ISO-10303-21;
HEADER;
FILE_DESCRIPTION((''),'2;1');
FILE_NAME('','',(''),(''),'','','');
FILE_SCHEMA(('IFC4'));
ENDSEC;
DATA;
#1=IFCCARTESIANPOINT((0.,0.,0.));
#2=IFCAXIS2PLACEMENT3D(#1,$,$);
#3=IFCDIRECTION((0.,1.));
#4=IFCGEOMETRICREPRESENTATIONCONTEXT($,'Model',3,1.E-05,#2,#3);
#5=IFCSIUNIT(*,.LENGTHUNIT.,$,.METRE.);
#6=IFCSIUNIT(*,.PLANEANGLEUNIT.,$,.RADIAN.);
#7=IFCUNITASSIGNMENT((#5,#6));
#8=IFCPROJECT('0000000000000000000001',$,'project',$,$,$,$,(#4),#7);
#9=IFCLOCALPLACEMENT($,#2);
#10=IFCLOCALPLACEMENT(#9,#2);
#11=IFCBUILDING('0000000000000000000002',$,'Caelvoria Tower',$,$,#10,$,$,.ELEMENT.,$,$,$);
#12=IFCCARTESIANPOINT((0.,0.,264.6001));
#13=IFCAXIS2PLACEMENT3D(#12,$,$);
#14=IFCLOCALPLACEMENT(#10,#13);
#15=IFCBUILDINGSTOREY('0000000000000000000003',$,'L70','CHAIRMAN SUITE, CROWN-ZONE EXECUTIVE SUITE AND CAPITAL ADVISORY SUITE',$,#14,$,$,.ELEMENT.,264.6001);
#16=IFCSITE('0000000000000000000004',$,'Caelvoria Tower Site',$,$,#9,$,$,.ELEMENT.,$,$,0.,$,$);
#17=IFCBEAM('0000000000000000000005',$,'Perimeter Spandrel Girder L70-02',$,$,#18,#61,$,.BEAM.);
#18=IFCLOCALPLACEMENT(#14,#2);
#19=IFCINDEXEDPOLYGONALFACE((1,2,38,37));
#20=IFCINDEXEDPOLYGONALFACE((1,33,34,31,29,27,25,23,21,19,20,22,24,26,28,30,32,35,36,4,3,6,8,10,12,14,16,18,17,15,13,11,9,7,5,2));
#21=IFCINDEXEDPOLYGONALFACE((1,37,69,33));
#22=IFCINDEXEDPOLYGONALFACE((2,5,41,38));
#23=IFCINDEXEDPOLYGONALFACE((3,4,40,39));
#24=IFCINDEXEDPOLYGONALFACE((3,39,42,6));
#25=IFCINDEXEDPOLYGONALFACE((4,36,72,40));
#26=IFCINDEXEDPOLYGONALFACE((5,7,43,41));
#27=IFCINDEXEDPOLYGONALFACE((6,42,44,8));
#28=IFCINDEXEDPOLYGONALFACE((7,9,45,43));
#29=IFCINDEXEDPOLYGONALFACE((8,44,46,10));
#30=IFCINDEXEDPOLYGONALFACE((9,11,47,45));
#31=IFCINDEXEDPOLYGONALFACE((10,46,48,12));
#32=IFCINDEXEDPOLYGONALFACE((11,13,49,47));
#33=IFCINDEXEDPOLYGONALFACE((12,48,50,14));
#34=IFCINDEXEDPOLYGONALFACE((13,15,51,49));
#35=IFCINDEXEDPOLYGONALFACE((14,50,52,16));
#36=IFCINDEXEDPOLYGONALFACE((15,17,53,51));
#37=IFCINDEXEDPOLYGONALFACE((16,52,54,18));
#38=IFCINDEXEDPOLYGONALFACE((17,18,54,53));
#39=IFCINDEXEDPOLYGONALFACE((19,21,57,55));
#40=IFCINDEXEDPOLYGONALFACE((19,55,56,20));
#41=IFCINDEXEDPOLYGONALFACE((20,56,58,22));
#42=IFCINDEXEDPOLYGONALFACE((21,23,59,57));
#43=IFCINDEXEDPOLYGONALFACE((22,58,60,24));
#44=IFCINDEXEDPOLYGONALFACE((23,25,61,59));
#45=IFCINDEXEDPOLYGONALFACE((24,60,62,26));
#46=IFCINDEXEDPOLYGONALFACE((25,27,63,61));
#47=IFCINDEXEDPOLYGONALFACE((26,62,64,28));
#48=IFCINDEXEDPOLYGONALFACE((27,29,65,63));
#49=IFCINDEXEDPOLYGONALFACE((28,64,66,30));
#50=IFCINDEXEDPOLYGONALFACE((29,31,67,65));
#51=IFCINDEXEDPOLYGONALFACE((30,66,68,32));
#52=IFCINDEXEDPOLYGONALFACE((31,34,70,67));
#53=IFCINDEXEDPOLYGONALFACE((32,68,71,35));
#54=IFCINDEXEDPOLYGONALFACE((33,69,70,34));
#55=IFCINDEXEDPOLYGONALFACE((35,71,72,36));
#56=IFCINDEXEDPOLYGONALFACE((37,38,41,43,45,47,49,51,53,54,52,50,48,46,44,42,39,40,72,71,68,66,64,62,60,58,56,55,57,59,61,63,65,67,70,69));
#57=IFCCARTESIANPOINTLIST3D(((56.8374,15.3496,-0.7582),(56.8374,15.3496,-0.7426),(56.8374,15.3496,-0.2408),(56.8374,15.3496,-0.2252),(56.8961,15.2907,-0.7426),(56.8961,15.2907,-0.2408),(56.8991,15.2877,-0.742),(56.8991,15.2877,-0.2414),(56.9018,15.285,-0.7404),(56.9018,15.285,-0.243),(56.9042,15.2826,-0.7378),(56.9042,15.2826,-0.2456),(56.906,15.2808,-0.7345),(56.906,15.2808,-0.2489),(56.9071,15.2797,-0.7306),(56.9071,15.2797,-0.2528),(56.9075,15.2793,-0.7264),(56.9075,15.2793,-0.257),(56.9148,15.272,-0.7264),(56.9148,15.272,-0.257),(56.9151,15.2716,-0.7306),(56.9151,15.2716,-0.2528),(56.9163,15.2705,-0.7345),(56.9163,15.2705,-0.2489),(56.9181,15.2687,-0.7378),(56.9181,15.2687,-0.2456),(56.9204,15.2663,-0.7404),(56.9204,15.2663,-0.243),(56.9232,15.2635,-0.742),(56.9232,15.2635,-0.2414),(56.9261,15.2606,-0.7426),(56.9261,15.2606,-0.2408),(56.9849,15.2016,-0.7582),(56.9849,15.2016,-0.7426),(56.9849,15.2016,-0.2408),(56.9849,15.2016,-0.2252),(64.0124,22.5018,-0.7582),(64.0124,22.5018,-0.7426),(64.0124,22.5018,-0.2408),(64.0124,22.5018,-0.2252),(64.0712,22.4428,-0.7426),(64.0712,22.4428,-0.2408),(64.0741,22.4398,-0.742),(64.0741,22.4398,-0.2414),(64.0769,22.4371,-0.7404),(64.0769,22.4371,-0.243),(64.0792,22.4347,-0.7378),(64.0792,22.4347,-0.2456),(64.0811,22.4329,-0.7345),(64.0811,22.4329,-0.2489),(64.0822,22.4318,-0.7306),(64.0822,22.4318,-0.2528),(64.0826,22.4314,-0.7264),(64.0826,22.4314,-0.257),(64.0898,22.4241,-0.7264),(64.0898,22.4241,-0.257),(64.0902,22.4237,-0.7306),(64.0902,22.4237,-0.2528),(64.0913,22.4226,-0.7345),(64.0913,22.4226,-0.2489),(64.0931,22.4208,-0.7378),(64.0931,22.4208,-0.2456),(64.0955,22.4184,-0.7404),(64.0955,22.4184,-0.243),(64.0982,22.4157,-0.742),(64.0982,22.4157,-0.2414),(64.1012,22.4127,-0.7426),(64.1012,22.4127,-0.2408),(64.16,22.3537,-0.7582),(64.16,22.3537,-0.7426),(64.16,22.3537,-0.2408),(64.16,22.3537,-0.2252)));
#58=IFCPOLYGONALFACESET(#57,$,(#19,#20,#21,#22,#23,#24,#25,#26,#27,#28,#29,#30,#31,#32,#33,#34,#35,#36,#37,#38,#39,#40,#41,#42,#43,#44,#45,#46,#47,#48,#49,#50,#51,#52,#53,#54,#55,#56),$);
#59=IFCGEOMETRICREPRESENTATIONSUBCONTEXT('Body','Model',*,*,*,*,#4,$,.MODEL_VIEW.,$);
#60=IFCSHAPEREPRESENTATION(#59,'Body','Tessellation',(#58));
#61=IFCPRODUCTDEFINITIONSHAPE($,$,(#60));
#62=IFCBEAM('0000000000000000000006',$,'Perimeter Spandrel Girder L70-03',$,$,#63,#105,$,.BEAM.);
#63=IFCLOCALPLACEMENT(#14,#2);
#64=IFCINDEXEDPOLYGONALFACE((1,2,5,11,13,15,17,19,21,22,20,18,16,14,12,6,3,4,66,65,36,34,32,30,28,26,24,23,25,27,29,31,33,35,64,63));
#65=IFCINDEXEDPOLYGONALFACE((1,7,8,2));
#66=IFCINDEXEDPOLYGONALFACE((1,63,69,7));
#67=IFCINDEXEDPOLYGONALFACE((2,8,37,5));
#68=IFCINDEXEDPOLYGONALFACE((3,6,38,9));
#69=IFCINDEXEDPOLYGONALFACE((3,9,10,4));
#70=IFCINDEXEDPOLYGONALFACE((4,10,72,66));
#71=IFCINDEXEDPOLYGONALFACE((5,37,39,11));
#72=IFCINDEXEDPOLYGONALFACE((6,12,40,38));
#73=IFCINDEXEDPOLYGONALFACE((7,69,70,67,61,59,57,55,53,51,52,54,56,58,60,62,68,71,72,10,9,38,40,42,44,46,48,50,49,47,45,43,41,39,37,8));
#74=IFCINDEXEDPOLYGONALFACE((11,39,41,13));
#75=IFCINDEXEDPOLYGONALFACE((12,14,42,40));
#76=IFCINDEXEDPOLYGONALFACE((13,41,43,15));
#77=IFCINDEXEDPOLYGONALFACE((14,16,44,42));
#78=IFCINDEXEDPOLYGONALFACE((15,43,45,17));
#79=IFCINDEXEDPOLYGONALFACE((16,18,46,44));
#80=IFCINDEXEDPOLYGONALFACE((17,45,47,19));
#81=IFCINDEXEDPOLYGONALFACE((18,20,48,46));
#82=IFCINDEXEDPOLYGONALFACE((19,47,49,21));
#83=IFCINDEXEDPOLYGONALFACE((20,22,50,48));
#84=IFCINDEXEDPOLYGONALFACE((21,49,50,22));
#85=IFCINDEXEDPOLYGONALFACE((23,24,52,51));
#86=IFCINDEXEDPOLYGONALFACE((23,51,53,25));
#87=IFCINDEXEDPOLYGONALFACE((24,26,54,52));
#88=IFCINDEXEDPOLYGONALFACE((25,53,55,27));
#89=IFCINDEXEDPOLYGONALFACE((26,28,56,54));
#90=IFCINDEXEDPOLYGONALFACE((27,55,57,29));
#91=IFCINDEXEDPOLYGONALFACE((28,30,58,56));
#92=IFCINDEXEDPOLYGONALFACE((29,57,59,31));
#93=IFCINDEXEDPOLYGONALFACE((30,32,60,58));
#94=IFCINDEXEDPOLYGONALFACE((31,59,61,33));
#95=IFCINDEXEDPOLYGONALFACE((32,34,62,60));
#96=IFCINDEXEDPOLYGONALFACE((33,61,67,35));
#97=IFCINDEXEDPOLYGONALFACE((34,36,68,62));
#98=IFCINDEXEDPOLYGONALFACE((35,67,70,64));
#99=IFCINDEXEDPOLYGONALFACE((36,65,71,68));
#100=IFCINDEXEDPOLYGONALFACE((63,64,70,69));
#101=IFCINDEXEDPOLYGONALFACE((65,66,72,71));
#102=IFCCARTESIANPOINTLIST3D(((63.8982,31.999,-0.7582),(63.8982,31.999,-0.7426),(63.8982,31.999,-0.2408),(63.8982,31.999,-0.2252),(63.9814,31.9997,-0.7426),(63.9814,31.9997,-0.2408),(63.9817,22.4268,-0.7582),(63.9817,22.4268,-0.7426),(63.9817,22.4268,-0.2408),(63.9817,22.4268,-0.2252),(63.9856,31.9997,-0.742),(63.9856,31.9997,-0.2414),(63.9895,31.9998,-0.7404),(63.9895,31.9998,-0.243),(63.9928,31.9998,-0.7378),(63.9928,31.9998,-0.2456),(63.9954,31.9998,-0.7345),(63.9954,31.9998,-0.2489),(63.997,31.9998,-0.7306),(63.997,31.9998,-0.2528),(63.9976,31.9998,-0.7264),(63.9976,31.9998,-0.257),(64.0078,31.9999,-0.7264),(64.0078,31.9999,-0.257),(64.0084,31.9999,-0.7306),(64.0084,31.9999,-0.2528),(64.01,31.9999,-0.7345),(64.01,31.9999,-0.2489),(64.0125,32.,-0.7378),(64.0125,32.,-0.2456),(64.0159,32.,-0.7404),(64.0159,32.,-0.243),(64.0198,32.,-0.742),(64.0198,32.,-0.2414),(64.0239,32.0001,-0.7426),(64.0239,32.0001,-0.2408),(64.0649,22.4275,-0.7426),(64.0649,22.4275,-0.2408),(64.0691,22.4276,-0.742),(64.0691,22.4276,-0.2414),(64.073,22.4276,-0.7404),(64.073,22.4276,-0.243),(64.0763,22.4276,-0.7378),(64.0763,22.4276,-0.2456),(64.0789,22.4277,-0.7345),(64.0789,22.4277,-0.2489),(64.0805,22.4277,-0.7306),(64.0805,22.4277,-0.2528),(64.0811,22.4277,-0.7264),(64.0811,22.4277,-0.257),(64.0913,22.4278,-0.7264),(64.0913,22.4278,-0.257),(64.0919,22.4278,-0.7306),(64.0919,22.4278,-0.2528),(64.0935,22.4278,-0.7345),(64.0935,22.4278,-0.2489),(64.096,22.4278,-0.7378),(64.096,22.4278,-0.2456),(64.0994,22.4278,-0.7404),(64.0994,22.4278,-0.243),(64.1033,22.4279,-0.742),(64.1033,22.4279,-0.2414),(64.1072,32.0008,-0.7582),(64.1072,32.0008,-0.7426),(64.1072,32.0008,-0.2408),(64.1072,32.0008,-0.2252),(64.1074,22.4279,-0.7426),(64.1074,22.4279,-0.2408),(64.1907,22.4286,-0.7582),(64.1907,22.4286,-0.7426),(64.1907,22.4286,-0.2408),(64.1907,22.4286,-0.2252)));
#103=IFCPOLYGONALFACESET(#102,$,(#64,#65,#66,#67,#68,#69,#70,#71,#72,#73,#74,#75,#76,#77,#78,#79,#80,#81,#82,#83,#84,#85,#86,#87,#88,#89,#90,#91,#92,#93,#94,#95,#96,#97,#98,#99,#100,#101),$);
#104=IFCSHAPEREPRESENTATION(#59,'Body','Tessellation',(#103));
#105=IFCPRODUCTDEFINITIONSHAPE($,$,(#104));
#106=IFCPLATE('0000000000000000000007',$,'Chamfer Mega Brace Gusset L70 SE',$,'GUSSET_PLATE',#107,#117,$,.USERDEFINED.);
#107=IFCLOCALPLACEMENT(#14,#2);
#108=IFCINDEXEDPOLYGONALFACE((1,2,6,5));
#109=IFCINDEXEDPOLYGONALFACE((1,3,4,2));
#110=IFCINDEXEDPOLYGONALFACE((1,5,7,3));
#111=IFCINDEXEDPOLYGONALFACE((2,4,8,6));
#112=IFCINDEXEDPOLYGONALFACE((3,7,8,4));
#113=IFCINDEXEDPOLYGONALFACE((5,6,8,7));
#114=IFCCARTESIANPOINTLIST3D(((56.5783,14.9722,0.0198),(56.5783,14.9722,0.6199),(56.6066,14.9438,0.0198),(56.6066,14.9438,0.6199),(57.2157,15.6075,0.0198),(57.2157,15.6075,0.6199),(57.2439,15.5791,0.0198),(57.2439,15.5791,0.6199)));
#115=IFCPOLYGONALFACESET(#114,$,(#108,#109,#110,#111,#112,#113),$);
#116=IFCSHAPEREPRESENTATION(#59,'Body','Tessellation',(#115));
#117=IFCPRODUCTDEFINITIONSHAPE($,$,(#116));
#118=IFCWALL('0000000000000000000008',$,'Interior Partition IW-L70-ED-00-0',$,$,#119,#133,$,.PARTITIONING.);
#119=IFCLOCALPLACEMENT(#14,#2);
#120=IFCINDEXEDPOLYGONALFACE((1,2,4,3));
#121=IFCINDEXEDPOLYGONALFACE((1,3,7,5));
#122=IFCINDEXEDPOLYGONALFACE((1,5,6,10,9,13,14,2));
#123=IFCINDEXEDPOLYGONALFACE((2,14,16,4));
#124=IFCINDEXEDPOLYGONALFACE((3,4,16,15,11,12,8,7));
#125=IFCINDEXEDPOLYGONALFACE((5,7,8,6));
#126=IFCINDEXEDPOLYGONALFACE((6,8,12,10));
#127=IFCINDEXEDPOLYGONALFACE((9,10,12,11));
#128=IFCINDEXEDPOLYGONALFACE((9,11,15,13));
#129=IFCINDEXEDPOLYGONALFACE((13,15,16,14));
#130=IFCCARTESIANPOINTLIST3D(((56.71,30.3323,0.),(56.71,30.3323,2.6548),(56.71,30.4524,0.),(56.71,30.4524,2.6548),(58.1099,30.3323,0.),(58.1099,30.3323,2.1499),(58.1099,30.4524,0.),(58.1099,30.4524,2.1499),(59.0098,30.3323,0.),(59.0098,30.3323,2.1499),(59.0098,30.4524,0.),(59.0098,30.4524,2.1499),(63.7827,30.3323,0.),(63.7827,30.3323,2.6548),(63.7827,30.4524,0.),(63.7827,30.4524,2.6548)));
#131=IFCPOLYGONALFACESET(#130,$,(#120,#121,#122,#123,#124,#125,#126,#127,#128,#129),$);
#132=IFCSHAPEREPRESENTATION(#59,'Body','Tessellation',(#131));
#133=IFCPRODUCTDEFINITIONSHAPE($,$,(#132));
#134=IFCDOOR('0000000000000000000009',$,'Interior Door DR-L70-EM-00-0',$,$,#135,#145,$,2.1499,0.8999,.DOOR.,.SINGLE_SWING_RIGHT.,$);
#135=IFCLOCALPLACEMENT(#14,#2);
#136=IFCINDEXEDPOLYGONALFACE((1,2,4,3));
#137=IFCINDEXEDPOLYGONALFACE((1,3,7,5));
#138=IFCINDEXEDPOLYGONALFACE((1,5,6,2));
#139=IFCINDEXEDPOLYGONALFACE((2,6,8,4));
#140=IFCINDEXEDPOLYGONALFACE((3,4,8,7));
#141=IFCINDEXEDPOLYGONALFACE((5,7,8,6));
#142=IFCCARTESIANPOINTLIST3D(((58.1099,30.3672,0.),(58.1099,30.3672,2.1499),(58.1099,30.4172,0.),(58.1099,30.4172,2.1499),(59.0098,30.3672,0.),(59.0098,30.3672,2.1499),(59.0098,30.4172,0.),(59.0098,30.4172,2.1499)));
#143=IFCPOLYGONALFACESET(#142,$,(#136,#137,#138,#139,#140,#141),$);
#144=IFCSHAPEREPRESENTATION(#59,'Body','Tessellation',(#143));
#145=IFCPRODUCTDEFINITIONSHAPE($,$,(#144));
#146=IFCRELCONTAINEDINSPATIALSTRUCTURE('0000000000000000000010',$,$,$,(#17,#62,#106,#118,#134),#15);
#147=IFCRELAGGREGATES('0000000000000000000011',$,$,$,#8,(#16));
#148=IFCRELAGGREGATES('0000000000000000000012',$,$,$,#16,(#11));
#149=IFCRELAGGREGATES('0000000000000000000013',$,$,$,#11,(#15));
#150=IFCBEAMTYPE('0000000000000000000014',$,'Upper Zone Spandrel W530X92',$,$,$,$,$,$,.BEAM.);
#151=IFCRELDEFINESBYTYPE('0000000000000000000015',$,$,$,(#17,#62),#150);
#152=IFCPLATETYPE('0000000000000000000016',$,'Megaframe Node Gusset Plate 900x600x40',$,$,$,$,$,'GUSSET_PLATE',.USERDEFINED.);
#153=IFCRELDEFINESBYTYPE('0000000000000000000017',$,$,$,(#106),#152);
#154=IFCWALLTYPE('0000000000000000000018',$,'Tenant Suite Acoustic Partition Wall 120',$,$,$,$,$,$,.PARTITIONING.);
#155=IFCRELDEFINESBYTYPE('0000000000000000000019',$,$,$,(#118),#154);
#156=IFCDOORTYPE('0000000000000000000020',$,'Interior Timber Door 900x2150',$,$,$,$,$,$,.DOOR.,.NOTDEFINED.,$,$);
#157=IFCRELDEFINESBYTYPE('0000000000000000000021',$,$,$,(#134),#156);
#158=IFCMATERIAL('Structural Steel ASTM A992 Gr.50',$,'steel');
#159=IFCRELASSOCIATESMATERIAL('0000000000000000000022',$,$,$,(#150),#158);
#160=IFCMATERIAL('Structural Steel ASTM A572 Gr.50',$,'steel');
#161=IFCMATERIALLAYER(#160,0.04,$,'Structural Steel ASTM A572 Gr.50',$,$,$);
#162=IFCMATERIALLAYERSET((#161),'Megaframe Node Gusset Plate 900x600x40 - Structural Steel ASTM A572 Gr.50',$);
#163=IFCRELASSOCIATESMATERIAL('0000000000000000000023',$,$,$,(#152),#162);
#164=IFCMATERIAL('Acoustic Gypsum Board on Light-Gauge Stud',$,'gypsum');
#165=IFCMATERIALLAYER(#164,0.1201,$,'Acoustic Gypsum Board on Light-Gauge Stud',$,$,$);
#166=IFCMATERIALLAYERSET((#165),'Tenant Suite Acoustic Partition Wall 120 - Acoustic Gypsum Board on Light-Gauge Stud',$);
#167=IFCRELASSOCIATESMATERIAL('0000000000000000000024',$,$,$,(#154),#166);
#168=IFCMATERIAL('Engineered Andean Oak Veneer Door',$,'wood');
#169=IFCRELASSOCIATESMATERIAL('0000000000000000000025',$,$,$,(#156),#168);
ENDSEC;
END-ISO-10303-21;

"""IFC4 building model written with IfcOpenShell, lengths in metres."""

from ifc_helpers import new_model, si_unit, direction, frame, frame_2d, origin, origin_2d, place, context, subcontext, project, spatial, rectangle, i_section, extrude, material, layer, layer_set, material_profile, profile_set, type_object, element, fill, save


model = new_model("IFC4")

# Units and contexts
model_context = context("Model", 3, precision=1e-05, world=origin(), true_north=direction((0.0, 1.0)))
body_context = subcontext(model_context, "Body", "Model", "MODEL_VIEW")
ifc_project = project(units=[si_unit("LENGTHUNIT", "METRE"), si_unit("PLANEANGLEUNIT", "RADIAN")], contexts=[model_context])

# Site, building, storey
site_placement = place(None, origin())
site = spatial("IfcSite", under=ifc_project, at=site_placement, Name="Caelvoria Tower Site", CompositionType="ELEMENT", RefElevation=0.0)
building_placement = place(site_placement, origin())
building = spatial("IfcBuilding", under=site, at=building_placement, Name="Caelvoria Tower", CompositionType="ELEMENT")
storey_placement = place(building_placement, frame((0.0, 0.0, 264.6001)))
storey = spatial("IfcBuildingStorey", under=building, at=storey_placement, Name="L70", Description="CHAIRMAN SUITE, CROWN-ZONE EXECUTIVE SUITE AND CAPITAL ADVISORY SUITE", CompositionType="ELEMENT", Elevation=264.6001)

# Shared definitions
ifc_material_1 = material(Name="Structural Steel ASTM A572 Gr.50", Category="steel")
ifc_material_2 = material(Name="Structural Steel ASTM A992 Gr.50", Category="steel")

# Beams
ifc_material_profile_1 = material_profile(ifc_material_2, i_section(OverallWidth=0.209, OverallDepth=0.533, WebThickness=0.0103, FlangeThickness=0.0156, FilletRadius=0.0161, at=origin_2d()), Name="Structural Steel ASTM A992 Gr.50")
ifc_profile_set_1 = profile_set([ifc_material_profile_1], Name="W530X92 - Structural Steel ASTM A992 Gr.50")
beam_type_1 = type_object("IfcBeamType", Name="Upper Zone Spandrel W530X92", PredefinedType="BEAM", material=ifc_profile_set_1)
beam_1_placement = place(storey_placement, frame((56.9111, 15.2756, -0.4917), z_axis=(0.708239, 0.705973, 0.0), x_axis=(-0.705973, 0.708239, 0.0)))
element("IfcBeam", 1, at=beam_1_placement, inside=storey, type_object=beam_type_1, Name="Perimeter Spandrel Girder L70-02", PredefinedType="BEAM", context=body_context, shape_type="SweptSolid", body=[
    extrude(i_section(OverallWidth=0.209, OverallDepth=0.533, WebThickness=0.0103, FlangeThickness=0.0156, FilletRadius=0.0161, at=origin_2d()), origin(), (0.0, 0.0, 1.0), 10.1309),
])
beam_2_placement = place(storey_placement, frame((64.0862, 22.4277, -0.4917), z_axis=(-0.008722, 0.999962, 0.0), x_axis=(-0.999962, -0.008722, 0.0)))
element("IfcBeam", 2, at=beam_2_placement, inside=storey, type_object=beam_type_1, Name="Perimeter Spandrel Girder L70-03", PredefinedType="BEAM", context=body_context, shape_type="SweptSolid", body=[
    extrude(i_section(OverallWidth=0.209, OverallDepth=0.533, WebThickness=0.0103, FlangeThickness=0.0156, FilletRadius=0.0161, at=origin_2d()), origin(), (0.0, 0.0, 1.0), 9.5725),
])

# Plate
ifc_layer_1 = layer(ifc_material_1, 0.04, Name="Structural Steel ASTM A572 Gr.50")
ifc_layer_set_1 = layer_set([ifc_layer_1], Name="Megaframe Node Gusset Plate 900x600x40 - Structural Steel ASTM A572 Gr.50")
plate_type = type_object("IfcPlateType", Name="Megaframe Node Gusset Plate 900x600x40", ElementType="GUSSET_PLATE", PredefinedType="USERDEFINED", material=ifc_layer_set_1)
plate_placement = place(storey_placement, frame((56.9111, 15.2756, 0.0198), z_axis=(0.0, 0.0, 1.0), x_axis=(0.708251, 0.705961, 0.0)))
element("IfcPlate", 3, at=plate_placement, inside=storey, type_object=plate_type, Name="Chamfer Mega Brace Gusset L70 SE", ObjectType="GUSSET_PLATE", PredefinedType="USERDEFINED", context=body_context, shape_type="SweptSolid", body=[
    extrude(rectangle(XDim=0.8999, YDim=0.04, at=origin_2d()), origin(), (0.0, 0.0, 1.0), 0.6001),
])

# Wall, opening, door
ifc_material_3 = material(Name="Acoustic Gypsum Board on Light-Gauge Stud", Category="gypsum")
ifc_layer_2 = layer(ifc_material_3, 0.1201, Name="Acoustic Gypsum Board on Light-Gauge Stud")
ifc_layer_set_2 = layer_set([ifc_layer_2], Name="Tenant Suite Acoustic Partition Wall 120 - Acoustic Gypsum Board on Light-Gauge Stud")
wall_type_1 = type_object("IfcWallType", Name="Tenant Suite Acoustic Partition Wall 120", PredefinedType="PARTITIONING", material=ifc_layer_set_2)
wall_1_placement = place(storey_placement, frame((56.71, 30.3923, 0.0), z_axis=(0.0, 0.0, 1.0), x_axis=(1.0, 0.0, 0.0)))
wall_1 = element("IfcWall", 4, at=wall_1_placement, inside=storey, type_object=wall_type_1, Name="Interior Partition IW-L70-ED-00-0", PredefinedType="PARTITIONING", context=body_context, shape_type="SweptSolid", body=[
    extrude(rectangle(XDim=7.0728, YDim=0.1201, at=frame_2d((3.5364, 0.0))), origin(), (0.0, 0.0, 1.0), 2.6548),
])
opening_1_placement = place(wall_1_placement, frame((1.3999, 0.0, 0.0)))
opening_1 = element("IfcOpeningElement", 5, at=opening_1_placement, cuts=wall_1, PredefinedType="OPENING", context=body_context, shape_type="SweptSolid", body=[
    extrude(rectangle(XDim=0.8999, YDim=2.1499, at=frame_2d((0.45, 1.075))), frame((0.0, 0.0701, 0.0), z_axis=(0.0, -1.0, 0.0), x_axis=(1.0, 0.0, 0.0)), (0.0, 0.0, 1.0), 0.1401),
])
ifc_material_4 = material(Name="Engineered Andean Oak Veneer Door", Category="wood")
door_type_1 = type_object("IfcDoorType", Name="Interior Timber Door 900x2150", OperationType="NOTDEFINED", PredefinedType="DOOR", material=ifc_material_4)
door_1_placement = place(opening_1_placement, origin())
door_1 = element("IfcDoor", 6, at=door_1_placement, inside=storey, type_object=door_type_1, Name="Interior Door DR-L70-EM-00-0", OperationType="SINGLE_SWING_RIGHT", OverallHeight=2.1499, OverallWidth=0.8999, PredefinedType="DOOR", context=body_context, shape_type="SweptSolid", body=[
    extrude(rectangle(XDim=0.8999, YDim=2.1499, at=frame_2d((0.45, 1.075))), frame((0.0, 0.0249, 0.0), z_axis=(0.0, -1.0, 0.0), x_axis=(1.0, 0.0, 0.0)), (0.0, 0.0, 1.0), 0.05),
])
fill(opening_1, door_1)

save(model, "model.ifc")
